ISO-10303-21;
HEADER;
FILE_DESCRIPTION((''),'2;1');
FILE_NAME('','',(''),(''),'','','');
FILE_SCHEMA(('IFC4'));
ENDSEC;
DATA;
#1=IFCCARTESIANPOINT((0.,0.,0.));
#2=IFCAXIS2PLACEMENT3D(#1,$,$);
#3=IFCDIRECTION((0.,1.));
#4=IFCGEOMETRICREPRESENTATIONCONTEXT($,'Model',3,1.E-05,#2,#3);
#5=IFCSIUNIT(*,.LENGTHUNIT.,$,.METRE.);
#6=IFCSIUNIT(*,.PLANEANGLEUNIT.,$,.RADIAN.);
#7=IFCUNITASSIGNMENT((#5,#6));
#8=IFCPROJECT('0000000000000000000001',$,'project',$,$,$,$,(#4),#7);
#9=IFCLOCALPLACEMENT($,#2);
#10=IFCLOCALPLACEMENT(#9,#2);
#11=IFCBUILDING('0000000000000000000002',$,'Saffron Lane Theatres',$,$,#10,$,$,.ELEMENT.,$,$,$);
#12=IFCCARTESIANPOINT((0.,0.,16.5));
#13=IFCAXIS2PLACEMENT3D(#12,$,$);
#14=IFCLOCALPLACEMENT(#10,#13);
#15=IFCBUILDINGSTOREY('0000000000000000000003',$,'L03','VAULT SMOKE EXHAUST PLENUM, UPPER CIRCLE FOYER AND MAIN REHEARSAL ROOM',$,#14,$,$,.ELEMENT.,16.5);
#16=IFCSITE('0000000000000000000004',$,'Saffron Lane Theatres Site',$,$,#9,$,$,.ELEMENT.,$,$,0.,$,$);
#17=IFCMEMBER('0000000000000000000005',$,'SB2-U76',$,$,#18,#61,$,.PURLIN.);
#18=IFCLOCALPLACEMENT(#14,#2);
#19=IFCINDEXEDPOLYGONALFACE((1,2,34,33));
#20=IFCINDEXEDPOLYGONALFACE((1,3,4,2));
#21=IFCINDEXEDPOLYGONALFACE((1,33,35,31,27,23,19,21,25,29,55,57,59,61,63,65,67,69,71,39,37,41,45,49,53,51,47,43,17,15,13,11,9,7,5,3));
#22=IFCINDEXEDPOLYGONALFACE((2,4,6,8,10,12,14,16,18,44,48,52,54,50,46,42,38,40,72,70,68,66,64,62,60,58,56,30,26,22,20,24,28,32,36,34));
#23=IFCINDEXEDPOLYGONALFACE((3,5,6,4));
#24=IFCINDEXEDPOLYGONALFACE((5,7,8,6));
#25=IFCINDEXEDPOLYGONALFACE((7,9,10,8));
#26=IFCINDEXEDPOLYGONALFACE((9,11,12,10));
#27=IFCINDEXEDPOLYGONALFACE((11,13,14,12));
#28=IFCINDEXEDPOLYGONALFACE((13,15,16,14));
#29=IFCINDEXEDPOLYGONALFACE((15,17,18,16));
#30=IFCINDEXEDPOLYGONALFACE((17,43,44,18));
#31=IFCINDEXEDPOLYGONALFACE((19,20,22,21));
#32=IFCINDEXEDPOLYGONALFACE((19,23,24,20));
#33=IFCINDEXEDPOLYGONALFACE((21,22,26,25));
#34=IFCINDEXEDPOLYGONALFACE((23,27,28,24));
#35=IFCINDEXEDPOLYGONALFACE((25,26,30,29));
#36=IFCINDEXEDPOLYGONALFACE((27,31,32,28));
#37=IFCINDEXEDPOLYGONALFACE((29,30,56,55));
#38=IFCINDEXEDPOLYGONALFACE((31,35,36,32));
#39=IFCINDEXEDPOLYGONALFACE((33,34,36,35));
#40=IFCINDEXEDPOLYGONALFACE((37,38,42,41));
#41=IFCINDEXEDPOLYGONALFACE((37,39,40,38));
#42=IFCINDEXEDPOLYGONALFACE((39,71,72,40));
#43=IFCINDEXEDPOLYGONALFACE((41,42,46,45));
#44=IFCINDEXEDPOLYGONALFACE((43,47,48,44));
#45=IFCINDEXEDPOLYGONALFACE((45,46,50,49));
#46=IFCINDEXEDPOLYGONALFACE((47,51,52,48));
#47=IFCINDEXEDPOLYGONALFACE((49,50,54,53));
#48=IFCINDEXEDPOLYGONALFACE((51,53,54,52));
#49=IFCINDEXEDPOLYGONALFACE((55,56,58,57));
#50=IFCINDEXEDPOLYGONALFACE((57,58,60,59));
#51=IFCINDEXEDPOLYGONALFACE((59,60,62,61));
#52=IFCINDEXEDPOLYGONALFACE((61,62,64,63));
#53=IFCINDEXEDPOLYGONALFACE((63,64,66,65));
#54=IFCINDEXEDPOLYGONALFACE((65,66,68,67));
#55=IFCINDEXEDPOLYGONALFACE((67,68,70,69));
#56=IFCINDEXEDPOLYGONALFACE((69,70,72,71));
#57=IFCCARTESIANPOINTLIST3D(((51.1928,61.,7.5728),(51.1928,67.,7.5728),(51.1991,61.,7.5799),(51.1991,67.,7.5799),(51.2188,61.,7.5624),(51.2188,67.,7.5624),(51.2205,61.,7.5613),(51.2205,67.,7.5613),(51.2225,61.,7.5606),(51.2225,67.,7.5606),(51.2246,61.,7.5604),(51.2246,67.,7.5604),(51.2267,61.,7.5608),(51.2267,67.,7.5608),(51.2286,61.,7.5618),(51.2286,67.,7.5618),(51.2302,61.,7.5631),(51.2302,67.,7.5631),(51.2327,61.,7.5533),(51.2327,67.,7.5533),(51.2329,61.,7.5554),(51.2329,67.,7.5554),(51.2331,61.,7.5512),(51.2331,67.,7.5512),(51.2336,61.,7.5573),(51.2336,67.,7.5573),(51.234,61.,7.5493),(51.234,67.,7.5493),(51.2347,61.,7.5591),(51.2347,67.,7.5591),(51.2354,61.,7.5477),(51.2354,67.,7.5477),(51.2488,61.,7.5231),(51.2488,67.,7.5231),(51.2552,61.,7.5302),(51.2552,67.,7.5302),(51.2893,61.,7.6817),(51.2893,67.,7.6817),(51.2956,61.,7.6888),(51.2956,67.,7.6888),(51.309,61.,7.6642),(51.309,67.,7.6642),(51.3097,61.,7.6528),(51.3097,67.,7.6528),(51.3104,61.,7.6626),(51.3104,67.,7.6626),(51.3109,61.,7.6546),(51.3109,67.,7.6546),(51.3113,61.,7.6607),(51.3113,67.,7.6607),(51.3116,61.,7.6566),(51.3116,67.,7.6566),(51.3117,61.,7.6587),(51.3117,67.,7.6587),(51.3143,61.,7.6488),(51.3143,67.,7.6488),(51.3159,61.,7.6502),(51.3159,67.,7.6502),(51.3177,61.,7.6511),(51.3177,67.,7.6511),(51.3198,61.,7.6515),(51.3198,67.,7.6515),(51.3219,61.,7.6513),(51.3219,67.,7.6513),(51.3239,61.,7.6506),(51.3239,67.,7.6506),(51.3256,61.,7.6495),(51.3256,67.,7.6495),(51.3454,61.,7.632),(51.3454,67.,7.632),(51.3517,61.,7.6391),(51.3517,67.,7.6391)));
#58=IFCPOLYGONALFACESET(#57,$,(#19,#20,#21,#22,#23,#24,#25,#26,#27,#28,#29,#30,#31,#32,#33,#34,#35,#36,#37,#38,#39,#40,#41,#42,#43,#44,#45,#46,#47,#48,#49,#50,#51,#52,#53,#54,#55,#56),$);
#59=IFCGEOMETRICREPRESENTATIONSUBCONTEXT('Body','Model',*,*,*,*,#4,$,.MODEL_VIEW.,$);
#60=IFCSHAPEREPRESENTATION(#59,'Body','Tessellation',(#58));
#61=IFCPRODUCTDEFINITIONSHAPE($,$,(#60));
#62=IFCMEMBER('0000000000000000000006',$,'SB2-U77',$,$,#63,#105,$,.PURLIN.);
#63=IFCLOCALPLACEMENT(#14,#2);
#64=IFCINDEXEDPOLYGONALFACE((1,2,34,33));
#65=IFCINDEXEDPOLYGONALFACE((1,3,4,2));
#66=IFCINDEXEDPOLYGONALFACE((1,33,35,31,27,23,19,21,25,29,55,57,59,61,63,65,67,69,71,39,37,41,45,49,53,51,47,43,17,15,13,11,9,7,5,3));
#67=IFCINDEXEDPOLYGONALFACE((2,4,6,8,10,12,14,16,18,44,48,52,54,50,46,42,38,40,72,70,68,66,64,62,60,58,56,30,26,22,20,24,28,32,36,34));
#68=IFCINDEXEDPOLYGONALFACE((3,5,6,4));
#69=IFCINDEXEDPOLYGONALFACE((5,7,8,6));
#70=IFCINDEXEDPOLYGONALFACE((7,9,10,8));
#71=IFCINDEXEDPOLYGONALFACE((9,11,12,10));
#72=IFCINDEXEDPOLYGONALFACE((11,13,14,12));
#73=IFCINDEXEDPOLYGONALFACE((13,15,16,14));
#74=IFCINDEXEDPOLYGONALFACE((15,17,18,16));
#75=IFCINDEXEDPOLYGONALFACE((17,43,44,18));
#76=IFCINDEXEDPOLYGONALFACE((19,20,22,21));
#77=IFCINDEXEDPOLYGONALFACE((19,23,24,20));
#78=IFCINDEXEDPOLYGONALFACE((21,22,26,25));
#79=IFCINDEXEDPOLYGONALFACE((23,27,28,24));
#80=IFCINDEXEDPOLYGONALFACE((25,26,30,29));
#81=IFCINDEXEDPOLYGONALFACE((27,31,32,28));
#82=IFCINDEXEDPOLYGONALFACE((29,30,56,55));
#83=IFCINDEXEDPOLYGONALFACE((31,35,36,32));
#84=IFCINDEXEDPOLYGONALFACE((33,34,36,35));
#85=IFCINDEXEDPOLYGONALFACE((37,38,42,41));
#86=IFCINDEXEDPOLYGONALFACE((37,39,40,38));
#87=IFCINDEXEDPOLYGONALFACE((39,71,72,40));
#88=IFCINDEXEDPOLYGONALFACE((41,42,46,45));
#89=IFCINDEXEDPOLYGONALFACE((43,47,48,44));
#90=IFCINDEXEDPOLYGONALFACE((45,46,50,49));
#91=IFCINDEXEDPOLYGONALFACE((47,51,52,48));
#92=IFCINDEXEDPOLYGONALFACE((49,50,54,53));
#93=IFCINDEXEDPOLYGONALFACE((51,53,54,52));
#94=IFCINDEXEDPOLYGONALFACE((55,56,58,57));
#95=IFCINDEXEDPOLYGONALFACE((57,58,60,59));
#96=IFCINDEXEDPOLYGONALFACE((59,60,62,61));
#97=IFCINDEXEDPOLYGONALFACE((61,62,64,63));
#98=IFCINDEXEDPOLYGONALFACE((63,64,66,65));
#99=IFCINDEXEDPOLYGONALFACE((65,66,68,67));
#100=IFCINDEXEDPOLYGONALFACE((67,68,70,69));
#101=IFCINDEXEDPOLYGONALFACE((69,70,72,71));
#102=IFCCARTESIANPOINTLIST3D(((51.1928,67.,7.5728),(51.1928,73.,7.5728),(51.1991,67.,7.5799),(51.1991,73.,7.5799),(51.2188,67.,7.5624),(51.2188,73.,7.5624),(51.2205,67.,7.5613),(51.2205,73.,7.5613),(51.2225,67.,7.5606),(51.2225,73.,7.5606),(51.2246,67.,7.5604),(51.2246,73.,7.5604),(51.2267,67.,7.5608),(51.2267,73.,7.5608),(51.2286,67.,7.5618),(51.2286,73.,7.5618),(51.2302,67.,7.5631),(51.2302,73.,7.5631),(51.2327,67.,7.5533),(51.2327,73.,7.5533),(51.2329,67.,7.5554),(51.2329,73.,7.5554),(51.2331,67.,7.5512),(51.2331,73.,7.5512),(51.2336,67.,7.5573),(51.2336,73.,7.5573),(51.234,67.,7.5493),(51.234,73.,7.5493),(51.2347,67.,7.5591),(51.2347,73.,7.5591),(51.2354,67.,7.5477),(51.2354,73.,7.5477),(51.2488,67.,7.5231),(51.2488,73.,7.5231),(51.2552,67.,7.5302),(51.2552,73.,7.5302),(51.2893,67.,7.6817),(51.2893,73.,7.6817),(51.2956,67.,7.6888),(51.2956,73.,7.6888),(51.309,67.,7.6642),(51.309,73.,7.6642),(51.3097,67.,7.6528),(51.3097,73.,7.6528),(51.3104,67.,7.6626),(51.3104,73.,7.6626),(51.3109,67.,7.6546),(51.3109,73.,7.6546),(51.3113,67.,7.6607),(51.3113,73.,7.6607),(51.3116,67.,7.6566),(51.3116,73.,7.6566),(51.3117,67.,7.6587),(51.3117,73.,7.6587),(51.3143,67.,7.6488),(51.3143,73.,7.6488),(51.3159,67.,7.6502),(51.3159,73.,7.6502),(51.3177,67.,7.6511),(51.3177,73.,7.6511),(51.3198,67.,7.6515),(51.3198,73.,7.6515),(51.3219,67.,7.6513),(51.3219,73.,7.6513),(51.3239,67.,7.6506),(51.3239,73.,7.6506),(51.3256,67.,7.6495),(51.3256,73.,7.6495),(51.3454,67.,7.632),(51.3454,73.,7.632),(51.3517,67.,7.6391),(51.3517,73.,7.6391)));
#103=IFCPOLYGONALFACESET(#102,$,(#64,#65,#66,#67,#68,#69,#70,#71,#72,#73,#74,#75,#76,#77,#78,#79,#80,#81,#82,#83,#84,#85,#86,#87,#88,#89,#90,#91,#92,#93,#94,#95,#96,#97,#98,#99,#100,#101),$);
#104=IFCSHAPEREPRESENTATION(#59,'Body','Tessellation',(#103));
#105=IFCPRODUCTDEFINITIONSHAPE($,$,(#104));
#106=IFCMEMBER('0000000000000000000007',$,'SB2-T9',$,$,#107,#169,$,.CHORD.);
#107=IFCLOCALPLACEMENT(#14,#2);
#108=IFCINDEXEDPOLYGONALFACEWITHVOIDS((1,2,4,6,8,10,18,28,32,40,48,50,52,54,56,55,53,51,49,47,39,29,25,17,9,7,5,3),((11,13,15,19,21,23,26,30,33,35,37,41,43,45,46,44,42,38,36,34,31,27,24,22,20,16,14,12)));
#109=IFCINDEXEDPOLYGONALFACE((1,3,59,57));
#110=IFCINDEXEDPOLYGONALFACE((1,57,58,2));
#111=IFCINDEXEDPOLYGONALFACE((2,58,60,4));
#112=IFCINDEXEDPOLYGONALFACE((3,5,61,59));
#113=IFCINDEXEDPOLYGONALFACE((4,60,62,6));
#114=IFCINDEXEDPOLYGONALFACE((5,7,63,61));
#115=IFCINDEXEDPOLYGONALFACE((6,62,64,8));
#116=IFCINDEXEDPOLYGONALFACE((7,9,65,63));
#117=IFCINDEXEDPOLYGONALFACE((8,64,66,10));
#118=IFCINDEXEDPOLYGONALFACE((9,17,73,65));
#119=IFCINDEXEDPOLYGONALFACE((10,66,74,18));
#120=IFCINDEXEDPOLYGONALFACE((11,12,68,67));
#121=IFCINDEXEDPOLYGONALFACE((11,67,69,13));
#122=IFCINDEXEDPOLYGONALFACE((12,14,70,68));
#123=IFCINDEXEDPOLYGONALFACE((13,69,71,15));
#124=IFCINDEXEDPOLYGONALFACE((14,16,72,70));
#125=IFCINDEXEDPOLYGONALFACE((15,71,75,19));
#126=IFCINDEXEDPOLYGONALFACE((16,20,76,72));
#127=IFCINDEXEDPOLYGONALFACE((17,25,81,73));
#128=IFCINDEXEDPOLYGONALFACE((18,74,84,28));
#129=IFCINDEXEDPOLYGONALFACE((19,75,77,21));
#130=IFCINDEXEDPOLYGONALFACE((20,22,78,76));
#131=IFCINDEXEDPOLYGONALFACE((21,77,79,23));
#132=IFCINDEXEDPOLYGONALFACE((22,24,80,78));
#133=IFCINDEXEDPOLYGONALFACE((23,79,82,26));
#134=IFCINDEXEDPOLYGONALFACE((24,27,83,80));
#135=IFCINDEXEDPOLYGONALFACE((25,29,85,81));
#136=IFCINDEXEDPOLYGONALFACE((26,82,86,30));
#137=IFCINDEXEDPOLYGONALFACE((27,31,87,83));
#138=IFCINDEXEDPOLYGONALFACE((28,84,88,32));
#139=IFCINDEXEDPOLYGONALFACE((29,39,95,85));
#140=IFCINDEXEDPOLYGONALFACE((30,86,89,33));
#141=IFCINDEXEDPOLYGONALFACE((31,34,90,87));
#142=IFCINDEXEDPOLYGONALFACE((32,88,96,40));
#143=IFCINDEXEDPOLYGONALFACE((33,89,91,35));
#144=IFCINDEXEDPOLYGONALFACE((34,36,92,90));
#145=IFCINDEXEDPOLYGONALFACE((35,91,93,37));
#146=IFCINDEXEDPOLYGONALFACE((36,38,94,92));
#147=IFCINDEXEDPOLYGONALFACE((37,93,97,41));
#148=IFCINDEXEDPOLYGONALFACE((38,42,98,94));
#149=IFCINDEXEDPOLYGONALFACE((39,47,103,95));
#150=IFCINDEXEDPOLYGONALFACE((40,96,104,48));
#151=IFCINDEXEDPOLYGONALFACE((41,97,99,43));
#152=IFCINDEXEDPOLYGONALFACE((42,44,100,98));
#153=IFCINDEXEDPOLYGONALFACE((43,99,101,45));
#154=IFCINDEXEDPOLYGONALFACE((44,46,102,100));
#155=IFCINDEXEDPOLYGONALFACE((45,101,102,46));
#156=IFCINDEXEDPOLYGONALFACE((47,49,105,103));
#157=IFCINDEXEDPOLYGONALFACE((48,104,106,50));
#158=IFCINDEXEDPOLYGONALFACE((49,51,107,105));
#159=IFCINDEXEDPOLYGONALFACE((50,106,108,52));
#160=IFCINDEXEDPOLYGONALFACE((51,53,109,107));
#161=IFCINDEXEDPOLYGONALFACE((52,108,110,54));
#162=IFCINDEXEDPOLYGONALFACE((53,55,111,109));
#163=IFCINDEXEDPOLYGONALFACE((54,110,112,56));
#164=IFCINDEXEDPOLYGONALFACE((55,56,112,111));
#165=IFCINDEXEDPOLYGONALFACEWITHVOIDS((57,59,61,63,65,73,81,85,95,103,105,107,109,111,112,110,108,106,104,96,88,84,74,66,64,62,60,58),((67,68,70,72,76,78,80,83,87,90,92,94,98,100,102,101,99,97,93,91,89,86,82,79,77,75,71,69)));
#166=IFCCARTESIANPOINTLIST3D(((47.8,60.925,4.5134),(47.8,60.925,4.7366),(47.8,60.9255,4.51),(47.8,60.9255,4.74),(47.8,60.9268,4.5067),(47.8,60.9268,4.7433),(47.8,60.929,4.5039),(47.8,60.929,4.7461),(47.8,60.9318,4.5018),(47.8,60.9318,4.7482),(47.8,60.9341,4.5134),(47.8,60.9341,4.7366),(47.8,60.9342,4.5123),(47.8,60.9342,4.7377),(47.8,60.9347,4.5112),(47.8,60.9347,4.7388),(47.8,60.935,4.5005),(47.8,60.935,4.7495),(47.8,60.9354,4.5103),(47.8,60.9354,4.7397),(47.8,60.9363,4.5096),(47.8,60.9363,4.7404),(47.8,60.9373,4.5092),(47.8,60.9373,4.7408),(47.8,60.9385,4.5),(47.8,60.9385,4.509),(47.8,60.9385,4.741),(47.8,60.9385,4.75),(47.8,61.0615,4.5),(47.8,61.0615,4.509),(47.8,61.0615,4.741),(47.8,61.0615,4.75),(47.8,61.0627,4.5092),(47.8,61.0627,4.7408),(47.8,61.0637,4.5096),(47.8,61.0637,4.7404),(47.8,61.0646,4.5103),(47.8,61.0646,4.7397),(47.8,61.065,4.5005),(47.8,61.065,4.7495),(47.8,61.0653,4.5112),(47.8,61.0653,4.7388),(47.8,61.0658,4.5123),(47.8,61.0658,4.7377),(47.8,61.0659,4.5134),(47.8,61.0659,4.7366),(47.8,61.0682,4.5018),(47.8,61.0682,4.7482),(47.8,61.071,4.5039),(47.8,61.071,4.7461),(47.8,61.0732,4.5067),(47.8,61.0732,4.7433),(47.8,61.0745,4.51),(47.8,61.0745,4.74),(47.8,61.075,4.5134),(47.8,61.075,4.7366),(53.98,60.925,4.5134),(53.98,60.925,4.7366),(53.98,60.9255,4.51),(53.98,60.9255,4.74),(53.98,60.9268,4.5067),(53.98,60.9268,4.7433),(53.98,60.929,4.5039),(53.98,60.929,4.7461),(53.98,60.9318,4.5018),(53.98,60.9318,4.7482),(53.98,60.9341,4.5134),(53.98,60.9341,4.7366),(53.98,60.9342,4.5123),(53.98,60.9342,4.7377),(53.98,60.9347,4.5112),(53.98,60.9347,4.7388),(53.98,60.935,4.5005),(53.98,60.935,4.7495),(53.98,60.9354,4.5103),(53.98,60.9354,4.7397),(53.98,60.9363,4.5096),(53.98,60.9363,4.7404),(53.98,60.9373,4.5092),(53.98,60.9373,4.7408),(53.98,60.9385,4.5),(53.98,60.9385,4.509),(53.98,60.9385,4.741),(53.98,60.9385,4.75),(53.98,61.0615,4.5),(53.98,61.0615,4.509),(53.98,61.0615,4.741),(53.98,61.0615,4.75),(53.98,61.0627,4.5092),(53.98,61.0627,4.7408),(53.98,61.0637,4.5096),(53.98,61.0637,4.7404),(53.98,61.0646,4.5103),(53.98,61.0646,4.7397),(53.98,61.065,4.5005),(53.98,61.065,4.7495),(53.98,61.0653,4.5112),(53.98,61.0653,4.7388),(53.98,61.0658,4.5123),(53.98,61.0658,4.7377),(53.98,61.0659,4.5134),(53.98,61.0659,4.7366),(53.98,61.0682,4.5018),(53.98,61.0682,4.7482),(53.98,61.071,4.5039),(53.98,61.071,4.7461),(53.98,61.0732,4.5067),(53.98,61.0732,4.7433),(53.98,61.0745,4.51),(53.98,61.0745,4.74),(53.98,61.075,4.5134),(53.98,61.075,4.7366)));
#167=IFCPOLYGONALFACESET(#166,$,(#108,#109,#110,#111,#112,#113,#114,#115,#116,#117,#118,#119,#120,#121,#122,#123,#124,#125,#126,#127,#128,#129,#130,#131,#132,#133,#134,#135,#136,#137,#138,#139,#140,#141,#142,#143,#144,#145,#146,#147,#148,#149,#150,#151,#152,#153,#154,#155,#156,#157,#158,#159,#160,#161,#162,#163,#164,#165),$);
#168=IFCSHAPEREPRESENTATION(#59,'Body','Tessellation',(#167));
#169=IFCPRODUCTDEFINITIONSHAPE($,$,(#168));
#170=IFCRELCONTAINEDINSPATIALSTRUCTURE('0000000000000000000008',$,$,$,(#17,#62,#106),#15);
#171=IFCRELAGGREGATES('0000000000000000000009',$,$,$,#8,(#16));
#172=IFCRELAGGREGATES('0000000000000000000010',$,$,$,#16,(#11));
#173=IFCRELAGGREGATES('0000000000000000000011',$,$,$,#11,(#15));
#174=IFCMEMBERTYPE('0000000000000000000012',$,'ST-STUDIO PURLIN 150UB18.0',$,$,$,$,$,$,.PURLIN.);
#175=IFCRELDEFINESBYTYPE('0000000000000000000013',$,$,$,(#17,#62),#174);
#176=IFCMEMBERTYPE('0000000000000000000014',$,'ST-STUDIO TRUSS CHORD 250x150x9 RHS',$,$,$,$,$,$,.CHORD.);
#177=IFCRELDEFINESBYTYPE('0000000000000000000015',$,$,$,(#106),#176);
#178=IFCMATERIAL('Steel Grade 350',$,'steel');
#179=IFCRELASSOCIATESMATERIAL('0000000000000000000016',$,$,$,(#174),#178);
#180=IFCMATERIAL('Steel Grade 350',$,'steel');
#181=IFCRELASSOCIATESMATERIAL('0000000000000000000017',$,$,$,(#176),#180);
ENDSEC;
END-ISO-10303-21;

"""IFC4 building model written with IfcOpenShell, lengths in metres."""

from ifc_helpers import new_model, si_unit, direction, frame, origin, origin_2d, place, context, subcontext, project, spatial, hollow_rectangle, i_section, extrude, material, material_profile, profile_set, type_object, element, save


model = new_model("IFC4")

# Units and contexts
model_context = context("Model", 3, precision=1e-05, world=origin(), true_north=direction((0.0, 1.0)))
body_context = subcontext(model_context, "Body", "Model", "MODEL_VIEW")
ifc_project = project(units=[si_unit("LENGTHUNIT", "METRE"), si_unit("PLANEANGLEUNIT", "RADIAN")], contexts=[model_context])

# Site, building, storey
site_placement = place(None, origin())
site = spatial("IfcSite", under=ifc_project, at=site_placement, Name="Saffron Lane Theatres Site", CompositionType="ELEMENT", RefElevation=0.0)
building_placement = place(site_placement, origin())
building = spatial("IfcBuilding", under=site, at=building_placement, Name="Saffron Lane Theatres", CompositionType="ELEMENT")
storey_placement = place(building_placement, frame((0.0, 0.0, 16.5)))
storey = spatial("IfcBuildingStorey", under=building, at=storey_placement, Name="L03", Description="VAULT SMOKE EXHAUST PLENUM, UPPER CIRCLE FOYER AND MAIN REHEARSAL ROOM", CompositionType="ELEMENT", Elevation=16.5)

# Members
ifc_material_1 = material(Name="Steel Grade 350", Category="steel")
ifc_material_profile_1 = material_profile(ifc_material_1, i_section(OverallWidth=0.075, OverallDepth=0.155, WebThickness=0.0061, FlangeThickness=0.0095, FilletRadius=0.0081, at=origin_2d()))
ifc_profile_set_1 = profile_set([ifc_material_profile_1], Name="Steel Grade 350")
member_type_1 = type_object("IfcMemberType", Name="ST-STUDIO PURLIN 150UB18.0", PredefinedType="PURLIN", material=ifc_profile_set_1)
for number, where, z_axis, x_axis, name in (
    (1, (51.2722, 61.0, 7.606), (0.0, 1.0, 0.0), (-0.748269, 0.0, 0.663396), "SB2-U76"),
    (2, (51.2722, 67.0, 7.606), (0.0, 1.0, 0.0), (-0.748269, 0.0, 0.663396), "SB2-U77"),
):
    element("IfcMember", number, at=place(storey_placement, frame(where, z_axis=z_axis, x_axis=x_axis)), inside=storey, type_object=member_type_1, Name=name, PredefinedType="PURLIN", context=body_context, shape_type="SweptSolid", body=[
        extrude(i_section(OverallWidth=0.075, OverallDepth=0.155, WebThickness=0.0061, FlangeThickness=0.0095, FilletRadius=0.0081, at=origin_2d()), origin(), (0.0, 0.0, 1.0), 6.0),
    ])
ifc_material_2 = material(Name="Steel Grade 350", Category="steel")
ifc_material_profile_2 = material_profile(ifc_material_2, hollow_rectangle(XDim=0.1499, YDim=0.25, WallThickness=0.009, InnerFilletRadius=0.0044, OuterFilletRadius=0.0134, at=origin_2d()))
ifc_profile_set_2 = profile_set([ifc_material_profile_2], Name="Steel Grade 350")
member_type_2 = type_object("IfcMemberType", Name="ST-STUDIO TRUSS CHORD 250x150x9 RHS", PredefinedType="CHORD", material=ifc_profile_set_2)
member_1_placement = place(storey_placement, frame((53.98, 61.0, 4.625), z_axis=(-1.0, 0.0, 0.0), x_axis=(0.0, -1.0, 0.0)))
element("IfcMember", 3, at=member_1_placement, inside=storey, type_object=member_type_2, Name="SB2-T9", PredefinedType="CHORD", context=body_context, shape_type="SweptSolid", body=[
    extrude(hollow_rectangle(XDim=0.1499, YDim=0.25, WallThickness=0.009, InnerFilletRadius=0.0044, OuterFilletRadius=0.0134, at=origin_2d()), origin(), (0.0, 0.0, 1.0), 6.1799),
])

save(model, "model.ifc")
